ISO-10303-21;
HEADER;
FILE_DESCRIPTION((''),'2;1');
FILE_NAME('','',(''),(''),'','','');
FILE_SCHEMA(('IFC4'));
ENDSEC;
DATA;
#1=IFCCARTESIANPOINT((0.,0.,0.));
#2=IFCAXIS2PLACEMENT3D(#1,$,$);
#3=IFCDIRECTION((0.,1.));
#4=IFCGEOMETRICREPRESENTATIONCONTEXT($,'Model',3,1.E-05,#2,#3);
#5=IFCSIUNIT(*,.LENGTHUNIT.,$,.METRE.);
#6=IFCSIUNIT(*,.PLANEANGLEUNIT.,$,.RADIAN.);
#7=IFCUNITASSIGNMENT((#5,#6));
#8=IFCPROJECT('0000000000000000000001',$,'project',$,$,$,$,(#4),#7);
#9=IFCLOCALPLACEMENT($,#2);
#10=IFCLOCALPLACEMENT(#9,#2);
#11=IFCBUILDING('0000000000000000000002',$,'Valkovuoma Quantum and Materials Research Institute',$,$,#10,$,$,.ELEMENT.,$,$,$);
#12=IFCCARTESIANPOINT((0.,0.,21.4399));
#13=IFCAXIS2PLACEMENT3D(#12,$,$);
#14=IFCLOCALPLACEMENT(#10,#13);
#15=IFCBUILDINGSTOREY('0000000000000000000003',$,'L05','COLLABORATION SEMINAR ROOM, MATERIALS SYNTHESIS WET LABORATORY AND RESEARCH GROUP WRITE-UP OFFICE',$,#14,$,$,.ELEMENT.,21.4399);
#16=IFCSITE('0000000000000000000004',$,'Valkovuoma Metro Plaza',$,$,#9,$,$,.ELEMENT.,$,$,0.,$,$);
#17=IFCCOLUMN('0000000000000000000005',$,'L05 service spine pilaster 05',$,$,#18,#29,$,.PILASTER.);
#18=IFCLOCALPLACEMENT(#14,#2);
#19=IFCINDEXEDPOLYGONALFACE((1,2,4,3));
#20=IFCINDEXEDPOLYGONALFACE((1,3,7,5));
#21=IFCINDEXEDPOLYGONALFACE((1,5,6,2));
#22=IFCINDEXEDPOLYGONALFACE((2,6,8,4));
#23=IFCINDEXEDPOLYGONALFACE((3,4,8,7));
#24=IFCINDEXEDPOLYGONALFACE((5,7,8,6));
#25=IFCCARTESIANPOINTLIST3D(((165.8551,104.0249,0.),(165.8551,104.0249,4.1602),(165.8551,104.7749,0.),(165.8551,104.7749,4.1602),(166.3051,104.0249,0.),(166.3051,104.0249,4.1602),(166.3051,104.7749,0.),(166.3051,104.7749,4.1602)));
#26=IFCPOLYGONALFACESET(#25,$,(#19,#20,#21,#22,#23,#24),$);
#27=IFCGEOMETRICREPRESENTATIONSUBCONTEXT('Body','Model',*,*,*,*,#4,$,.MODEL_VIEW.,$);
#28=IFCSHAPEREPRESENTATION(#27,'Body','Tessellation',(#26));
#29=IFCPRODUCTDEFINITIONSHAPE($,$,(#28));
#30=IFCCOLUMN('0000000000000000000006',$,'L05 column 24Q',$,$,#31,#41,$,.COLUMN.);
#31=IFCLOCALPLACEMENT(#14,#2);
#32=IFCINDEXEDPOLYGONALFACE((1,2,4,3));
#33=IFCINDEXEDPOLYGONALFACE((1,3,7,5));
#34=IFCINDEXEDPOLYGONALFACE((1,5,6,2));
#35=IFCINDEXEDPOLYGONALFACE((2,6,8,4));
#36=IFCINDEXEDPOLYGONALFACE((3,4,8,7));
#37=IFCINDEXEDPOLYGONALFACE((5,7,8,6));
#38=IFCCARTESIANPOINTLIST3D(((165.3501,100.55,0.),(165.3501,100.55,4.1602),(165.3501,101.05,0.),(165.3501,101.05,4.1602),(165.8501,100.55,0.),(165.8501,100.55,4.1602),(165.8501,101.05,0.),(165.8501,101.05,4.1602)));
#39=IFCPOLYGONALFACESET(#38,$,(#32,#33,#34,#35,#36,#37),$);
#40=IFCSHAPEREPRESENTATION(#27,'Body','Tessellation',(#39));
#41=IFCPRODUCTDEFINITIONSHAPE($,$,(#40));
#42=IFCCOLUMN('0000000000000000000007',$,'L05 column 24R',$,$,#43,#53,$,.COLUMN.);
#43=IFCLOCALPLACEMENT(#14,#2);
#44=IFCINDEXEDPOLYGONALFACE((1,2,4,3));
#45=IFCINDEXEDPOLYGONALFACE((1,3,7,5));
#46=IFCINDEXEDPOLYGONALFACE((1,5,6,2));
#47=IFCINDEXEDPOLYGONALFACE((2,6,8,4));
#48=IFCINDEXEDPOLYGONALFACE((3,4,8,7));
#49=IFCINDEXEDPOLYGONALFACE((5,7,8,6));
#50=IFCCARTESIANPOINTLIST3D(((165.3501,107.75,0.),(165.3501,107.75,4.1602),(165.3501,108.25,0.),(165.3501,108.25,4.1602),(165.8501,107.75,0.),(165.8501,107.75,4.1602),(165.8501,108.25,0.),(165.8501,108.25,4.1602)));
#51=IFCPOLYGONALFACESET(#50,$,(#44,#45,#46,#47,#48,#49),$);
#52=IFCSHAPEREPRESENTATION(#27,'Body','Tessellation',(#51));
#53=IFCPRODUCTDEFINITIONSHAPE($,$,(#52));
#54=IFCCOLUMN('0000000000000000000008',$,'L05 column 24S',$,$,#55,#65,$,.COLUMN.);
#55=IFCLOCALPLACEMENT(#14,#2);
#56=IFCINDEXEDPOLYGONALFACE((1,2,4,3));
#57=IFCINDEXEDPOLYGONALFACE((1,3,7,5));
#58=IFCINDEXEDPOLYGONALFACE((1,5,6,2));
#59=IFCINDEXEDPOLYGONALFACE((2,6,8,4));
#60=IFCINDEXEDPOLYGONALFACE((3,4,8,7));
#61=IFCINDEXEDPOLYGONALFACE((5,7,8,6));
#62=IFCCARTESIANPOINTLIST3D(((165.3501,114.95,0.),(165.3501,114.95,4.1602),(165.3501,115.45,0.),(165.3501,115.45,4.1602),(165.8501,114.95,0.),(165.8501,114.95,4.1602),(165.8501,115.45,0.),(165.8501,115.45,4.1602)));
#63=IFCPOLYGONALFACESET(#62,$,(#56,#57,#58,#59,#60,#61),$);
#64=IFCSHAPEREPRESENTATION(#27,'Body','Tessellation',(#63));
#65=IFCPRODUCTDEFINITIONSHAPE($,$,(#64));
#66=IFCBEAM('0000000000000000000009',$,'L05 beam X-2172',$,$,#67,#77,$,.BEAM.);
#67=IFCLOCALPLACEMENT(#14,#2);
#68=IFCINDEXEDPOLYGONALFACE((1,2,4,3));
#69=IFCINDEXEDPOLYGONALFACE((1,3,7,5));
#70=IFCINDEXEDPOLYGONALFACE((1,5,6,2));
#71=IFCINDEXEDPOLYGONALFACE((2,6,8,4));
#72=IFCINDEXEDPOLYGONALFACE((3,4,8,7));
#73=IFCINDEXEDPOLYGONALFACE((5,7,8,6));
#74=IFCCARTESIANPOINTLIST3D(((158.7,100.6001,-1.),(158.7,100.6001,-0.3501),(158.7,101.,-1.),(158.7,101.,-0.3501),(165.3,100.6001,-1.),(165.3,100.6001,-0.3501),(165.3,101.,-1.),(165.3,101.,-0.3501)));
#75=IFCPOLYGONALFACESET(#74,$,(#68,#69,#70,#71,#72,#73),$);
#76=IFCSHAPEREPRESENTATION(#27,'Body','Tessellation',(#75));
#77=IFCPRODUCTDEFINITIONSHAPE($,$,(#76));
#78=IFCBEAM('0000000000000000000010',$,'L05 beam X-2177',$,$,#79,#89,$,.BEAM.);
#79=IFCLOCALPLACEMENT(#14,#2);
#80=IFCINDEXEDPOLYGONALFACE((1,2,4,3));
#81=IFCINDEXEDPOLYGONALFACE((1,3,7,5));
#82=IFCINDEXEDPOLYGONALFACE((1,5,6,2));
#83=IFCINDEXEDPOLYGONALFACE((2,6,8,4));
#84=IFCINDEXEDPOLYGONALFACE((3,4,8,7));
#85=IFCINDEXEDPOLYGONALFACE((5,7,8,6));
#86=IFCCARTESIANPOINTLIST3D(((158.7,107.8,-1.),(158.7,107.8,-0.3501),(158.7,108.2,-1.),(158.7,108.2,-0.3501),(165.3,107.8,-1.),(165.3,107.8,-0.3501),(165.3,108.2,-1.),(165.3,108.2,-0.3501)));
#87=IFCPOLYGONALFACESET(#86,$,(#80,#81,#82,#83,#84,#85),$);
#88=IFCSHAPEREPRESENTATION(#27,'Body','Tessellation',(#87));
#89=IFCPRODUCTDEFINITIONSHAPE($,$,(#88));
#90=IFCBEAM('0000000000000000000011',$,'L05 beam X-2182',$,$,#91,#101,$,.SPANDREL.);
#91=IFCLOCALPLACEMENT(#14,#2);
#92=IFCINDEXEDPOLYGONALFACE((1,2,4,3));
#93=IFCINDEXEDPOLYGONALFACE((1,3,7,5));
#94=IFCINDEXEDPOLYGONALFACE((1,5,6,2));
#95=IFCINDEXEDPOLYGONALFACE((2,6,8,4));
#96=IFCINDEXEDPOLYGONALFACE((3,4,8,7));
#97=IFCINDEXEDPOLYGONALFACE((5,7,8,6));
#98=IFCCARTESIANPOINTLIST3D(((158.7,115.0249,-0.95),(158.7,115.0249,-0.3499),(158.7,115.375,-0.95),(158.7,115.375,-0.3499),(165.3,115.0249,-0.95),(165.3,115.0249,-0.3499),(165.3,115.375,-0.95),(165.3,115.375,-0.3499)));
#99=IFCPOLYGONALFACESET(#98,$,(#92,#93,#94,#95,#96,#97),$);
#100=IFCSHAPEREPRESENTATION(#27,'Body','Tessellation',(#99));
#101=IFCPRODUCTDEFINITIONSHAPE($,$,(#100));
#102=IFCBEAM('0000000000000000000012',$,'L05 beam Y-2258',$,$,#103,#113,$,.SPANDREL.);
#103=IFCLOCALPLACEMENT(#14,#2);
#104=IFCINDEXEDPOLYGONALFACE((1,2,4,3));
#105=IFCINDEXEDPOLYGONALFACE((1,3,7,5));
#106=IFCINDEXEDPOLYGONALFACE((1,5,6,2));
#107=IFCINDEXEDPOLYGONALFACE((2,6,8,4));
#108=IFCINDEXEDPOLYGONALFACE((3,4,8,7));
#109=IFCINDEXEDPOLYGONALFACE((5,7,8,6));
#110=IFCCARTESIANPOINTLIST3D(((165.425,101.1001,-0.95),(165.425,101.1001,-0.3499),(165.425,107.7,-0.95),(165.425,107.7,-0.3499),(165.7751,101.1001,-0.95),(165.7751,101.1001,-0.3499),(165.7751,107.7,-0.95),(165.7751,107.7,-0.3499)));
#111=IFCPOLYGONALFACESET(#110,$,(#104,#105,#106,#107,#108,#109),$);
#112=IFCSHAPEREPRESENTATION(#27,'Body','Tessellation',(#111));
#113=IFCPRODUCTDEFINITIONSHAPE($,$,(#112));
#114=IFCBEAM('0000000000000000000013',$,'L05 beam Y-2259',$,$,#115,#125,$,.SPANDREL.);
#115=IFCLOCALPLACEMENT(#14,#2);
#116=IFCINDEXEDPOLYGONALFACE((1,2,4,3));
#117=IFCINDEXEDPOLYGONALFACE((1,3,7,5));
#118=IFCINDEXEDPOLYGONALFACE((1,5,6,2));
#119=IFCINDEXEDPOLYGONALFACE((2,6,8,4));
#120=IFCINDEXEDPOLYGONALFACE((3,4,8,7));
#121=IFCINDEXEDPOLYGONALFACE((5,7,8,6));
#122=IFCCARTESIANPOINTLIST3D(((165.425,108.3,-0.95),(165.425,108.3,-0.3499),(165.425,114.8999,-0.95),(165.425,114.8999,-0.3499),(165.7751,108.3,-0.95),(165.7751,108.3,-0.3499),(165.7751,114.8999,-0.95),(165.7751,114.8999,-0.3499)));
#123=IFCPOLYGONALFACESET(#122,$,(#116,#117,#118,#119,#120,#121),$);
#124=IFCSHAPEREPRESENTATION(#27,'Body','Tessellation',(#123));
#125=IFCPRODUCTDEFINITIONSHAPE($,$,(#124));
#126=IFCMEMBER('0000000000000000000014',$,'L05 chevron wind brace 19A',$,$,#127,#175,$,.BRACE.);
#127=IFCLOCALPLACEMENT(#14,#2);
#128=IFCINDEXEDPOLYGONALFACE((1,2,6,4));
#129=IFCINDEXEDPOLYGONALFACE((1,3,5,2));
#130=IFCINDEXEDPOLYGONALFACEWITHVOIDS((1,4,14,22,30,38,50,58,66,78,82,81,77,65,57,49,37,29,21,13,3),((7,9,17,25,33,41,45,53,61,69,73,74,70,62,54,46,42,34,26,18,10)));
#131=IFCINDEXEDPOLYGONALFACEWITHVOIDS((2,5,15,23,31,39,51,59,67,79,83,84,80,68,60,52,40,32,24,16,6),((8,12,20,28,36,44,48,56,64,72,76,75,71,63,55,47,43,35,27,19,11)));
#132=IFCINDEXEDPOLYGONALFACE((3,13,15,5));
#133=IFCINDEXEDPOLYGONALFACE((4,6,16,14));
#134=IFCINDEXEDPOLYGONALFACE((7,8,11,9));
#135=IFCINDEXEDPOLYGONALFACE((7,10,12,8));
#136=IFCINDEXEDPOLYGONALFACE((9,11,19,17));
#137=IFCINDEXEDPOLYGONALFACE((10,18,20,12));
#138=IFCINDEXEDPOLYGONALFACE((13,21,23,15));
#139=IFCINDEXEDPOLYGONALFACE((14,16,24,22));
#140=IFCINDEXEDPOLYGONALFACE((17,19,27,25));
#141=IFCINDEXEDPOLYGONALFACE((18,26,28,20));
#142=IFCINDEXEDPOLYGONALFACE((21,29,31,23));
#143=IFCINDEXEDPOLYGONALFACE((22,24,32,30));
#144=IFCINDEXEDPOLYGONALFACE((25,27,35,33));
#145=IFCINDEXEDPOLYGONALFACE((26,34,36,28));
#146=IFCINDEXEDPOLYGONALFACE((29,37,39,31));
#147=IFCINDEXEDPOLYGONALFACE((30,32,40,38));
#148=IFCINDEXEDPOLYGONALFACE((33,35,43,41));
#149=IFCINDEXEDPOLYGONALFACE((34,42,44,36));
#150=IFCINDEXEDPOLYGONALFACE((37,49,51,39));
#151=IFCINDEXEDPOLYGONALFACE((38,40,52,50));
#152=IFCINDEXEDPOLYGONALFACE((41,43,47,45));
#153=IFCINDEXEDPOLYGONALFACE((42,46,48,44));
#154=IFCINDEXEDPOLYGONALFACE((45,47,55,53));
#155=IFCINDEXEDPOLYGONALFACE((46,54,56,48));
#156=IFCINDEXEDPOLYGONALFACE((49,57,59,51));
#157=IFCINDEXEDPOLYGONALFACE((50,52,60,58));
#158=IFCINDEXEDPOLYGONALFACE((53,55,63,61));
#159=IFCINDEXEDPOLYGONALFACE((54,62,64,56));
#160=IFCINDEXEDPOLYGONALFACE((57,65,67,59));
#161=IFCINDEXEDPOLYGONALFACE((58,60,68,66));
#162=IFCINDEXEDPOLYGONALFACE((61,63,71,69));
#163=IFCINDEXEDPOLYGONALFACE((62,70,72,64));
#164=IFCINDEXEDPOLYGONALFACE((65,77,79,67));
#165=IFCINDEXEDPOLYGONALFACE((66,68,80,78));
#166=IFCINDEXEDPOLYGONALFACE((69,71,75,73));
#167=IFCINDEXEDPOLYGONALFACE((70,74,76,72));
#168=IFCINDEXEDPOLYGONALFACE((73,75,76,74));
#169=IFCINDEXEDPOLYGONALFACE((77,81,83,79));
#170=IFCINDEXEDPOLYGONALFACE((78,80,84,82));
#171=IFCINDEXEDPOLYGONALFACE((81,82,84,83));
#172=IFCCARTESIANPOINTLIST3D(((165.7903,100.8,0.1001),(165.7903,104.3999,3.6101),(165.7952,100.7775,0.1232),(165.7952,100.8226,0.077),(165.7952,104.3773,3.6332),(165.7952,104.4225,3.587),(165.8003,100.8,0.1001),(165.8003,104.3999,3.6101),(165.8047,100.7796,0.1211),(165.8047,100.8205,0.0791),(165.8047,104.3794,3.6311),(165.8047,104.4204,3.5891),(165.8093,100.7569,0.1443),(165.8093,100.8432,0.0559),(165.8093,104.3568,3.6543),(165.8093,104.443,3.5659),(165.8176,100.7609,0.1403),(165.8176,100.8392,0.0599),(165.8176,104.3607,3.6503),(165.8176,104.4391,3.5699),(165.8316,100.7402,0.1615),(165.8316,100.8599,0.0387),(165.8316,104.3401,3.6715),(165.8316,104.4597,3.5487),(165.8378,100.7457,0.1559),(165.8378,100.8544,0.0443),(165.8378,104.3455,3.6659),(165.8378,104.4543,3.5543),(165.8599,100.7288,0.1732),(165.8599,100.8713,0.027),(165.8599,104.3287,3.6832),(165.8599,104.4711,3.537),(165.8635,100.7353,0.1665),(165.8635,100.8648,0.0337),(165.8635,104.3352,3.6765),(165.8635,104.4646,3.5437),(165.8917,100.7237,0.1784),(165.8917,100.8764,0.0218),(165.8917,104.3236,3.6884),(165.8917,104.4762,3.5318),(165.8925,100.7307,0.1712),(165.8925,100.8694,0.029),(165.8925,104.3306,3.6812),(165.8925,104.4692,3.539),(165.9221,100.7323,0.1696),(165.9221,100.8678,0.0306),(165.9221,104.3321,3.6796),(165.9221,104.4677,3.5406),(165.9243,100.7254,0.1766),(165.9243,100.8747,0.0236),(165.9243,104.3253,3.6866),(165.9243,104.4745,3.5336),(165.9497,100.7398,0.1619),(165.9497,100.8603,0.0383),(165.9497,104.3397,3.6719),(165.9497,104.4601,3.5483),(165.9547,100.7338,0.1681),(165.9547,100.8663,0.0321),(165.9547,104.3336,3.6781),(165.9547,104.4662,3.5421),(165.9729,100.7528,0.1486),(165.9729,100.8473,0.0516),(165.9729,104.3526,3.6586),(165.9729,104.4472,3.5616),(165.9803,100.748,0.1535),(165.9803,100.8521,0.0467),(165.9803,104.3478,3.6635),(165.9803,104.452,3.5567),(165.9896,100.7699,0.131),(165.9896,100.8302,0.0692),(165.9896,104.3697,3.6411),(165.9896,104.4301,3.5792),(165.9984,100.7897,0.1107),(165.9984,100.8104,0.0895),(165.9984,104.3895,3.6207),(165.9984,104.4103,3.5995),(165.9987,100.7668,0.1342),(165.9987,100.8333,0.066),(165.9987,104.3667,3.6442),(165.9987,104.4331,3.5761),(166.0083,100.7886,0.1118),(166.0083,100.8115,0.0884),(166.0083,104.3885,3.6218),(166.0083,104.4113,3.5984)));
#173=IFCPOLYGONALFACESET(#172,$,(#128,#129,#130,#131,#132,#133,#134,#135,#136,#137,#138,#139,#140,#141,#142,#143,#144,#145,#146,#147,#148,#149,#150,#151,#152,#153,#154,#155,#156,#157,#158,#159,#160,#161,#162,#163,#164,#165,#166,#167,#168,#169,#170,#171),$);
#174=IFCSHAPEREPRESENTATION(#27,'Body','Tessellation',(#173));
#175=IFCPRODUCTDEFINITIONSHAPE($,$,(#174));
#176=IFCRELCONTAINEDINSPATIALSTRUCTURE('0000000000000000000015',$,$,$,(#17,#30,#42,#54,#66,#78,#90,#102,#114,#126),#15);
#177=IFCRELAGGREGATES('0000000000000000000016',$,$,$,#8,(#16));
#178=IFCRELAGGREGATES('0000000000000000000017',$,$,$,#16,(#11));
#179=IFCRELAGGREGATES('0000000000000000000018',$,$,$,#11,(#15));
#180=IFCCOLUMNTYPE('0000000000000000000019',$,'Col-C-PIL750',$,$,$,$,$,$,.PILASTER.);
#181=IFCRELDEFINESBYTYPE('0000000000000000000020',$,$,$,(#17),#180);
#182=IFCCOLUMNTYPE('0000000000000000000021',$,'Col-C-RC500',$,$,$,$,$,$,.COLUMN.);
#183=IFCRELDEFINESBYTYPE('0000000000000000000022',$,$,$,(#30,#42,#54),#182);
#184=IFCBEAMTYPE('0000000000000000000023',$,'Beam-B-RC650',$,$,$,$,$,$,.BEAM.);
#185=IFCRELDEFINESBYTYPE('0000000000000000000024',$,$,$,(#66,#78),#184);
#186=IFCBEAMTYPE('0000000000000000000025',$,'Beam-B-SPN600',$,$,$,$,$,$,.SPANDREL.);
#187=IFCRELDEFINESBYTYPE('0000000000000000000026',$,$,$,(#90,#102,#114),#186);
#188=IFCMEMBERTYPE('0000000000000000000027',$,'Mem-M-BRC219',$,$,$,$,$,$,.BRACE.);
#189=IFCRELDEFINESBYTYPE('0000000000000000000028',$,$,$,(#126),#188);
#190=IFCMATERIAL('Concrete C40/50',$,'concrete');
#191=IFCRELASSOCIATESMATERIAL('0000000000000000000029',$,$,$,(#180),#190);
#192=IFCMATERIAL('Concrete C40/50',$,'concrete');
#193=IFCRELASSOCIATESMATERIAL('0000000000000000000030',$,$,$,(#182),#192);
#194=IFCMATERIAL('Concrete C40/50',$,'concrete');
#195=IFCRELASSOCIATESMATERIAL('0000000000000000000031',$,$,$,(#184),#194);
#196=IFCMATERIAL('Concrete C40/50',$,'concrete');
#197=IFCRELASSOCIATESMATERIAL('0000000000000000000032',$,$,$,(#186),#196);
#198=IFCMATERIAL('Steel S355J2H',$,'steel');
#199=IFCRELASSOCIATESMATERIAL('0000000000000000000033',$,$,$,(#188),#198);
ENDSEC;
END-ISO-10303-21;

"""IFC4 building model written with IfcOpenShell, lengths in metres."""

from ifc_helpers import new_model, si_unit, direction, frame, origin, origin_2d, place, context, subcontext, project, spatial, rectangle, hollow_circle, extrude, material, material_profile, profile_set, type_object, element, save


model = new_model("IFC4")

# Units and contexts
model_context = context("Model", 3, precision=1e-05, world=origin(), true_north=direction((0.0, 1.0)))
body_context = subcontext(model_context, "Body", "Model", "MODEL_VIEW")
ifc_project = project(units=[si_unit("LENGTHUNIT", "METRE"), si_unit("PLANEANGLEUNIT", "RADIAN")], contexts=[model_context])

# Site, building, storey
site_placement = place(None, origin())
site = spatial("IfcSite", under=ifc_project, at=site_placement, Name="Valkovuoma Metro Plaza", CompositionType="ELEMENT", RefElevation=0.0)
building_placement = place(site_placement, origin())
building = spatial("IfcBuilding", under=site, at=building_placement, Name="Valkovuoma Quantum and Materials Research Institute", CompositionType="ELEMENT")
storey_placement = place(building_placement, frame((0.0, 0.0, 21.4399)))
storey = spatial("IfcBuildingStorey", under=building, at=storey_placement, Name="L05", Description="COLLABORATION SEMINAR ROOM, MATERIALS SYNTHESIS WET LABORATORY AND RESEARCH GROUP WRITE-UP OFFICE", CompositionType="ELEMENT", Elevation=21.4399)

# Columns
ifc_material_1 = material(Name="Concrete C40/50", Category="concrete")
ifc_material_profile_1 = material_profile(ifc_material_1, rectangle(XDim=0.45, YDim=0.75, at=origin_2d()), Name="Concrete C40/50")
ifc_profile_set_1 = profile_set([ifc_material_profile_1], Name="Concrete C40/50")
column_type_1 = type_object("IfcColumnType", Name="Col-C-PIL750", PredefinedType="PILASTER", material=ifc_profile_set_1)
column_placement = place(storey_placement, frame((166.0801, 104.3999, 0.0), z_axis=(0.0, 0.0, 1.0), x_axis=(1.0, 0.0, 0.0)))
element("IfcColumn", 1, at=column_placement, inside=storey, type_object=column_type_1, Name="L05 service spine pilaster 05", PredefinedType="PILASTER", context=body_context, shape_type="SweptSolid", body=[
    extrude(rectangle(XDim=0.45, YDim=0.75, at=origin_2d()), origin(), (0.0, 0.0, 1.0), 4.1602),
])
ifc_material_2 = material(Name="Concrete C40/50", Category="concrete")
ifc_material_profile_2 = material_profile(ifc_material_2, rectangle(XDim=0.5, YDim=0.5, at=origin_2d()), Name="Concrete C40/50")
ifc_profile_set_2 = profile_set([ifc_material_profile_2], Name="Concrete C40/50")
column_type_2 = type_object("IfcColumnType", Name="Col-C-RC500", PredefinedType="COLUMN", material=ifc_profile_set_2)
for number, where, z_axis, x_axis, name in (
    (2, (165.6001, 100.8, 0.0), (0.0, 0.0, 1.0), (1.0, 0.0, 0.0), "L05 column 24Q"),
    (3, (165.6001, 108.0, 0.0), (0.0, 0.0, 1.0), (1.0, 0.0, 0.0), "L05 column 24R"),
    (4, (165.6001, 115.2, 0.0), (0.0, 0.0, 1.0), (1.0, 0.0, 0.0), "L05 column 24S"),
):
    element("IfcColumn", number, at=place(storey_placement, frame(where, z_axis=z_axis, x_axis=x_axis)), inside=storey, type_object=column_type_2, Name=name, PredefinedType="COLUMN", context=body_context, shape_type="SweptSolid", body=[
        extrude(rectangle(XDim=0.5, YDim=0.5, at=origin_2d()), origin(), (0.0, 0.0, 1.0), 4.1602),
    ])

# Beams
ifc_material_3 = material(Name="Concrete C40/50", Category="concrete")
ifc_material_profile_3 = material_profile(ifc_material_3, rectangle(XDim=0.3999, YDim=0.6499, at=origin_2d()), Name="Concrete C40/50")
ifc_profile_set_3 = profile_set([ifc_material_profile_3], Name="Concrete C40/50")
beam_type_1 = type_object("IfcBeamType", Name="Beam-B-RC650", PredefinedType="BEAM", material=ifc_profile_set_3)
for number, where, z_axis, x_axis, name in (
    (5, (158.7, 100.8, -0.675), (1.0, 0.0, 0.0), (0.0, 1.0, 0.0), "L05 beam X-2172"),
    (6, (158.7, 108.0, -0.675), (1.0, 0.0, 0.0), (0.0, 1.0, 0.0), "L05 beam X-2177"),
):
    element("IfcBeam", number, at=place(storey_placement, frame(where, z_axis=z_axis, x_axis=x_axis)), inside=storey, type_object=beam_type_1, Name=name, PredefinedType="BEAM", context=body_context, shape_type="SweptSolid", body=[
        extrude(rectangle(XDim=0.3999, YDim=0.6499, at=origin_2d()), origin(), (0.0, 0.0, 1.0), 6.6001),
    ])
ifc_material_4 = material(Name="Concrete C40/50", Category="concrete")
ifc_material_profile_4 = material_profile(ifc_material_4, rectangle(XDim=0.3501, YDim=0.6001, at=origin_2d()), Name="Concrete C40/50")
ifc_profile_set_4 = profile_set([ifc_material_profile_4], Name="Concrete C40/50")
beam_type_2 = type_object("IfcBeamType", Name="Beam-B-SPN600", PredefinedType="SPANDREL", material=ifc_profile_set_4)
beam_placement = place(storey_placement, frame((158.7, 115.2, -0.6499), z_axis=(1.0, 0.0, 0.0), x_axis=(0.0, 1.0, 0.0)))
element("IfcBeam", 7, at=beam_placement, inside=storey, type_object=beam_type_2, Name="L05 beam X-2182", PredefinedType="SPANDREL", context=body_context, shape_type="SweptSolid", body=[
    extrude(rectangle(XDim=0.3501, YDim=0.6001, at=origin_2d()), origin(), (0.0, 0.0, 1.0), 6.6001),
])
for number, where, z_axis, x_axis, name in (
    (8, (165.6001, 101.1001, -0.6499), (0.0, 1.0, 0.0), (-1.0, 0.0, 0.0), "L05 beam Y-2258"),
    (9, (165.6001, 108.3, -0.6499), (0.0, 1.0, 0.0), (-1.0, 0.0, 0.0), "L05 beam Y-2259"),
):
    element("IfcBeam", number, at=place(storey_placement, frame(where, z_axis=z_axis, x_axis=x_axis)), inside=storey, type_object=beam_type_2, Name=name, PredefinedType="SPANDREL", context=body_context, shape_type="SweptSolid", body=[
        extrude(rectangle(XDim=0.3501, YDim=0.6001, at=origin_2d()), origin(), (0.0, 0.0, 1.0), 6.5999),
    ])

# Member
ifc_material_5 = material(Name="Steel S355J2H", Category="steel")
ifc_material_profile_5 = material_profile(ifc_material_5, hollow_circle(Radius=0.1096, WallThickness=0.01, at=origin_2d()), Name="Steel S355J2H")
ifc_profile_set_5 = profile_set([ifc_material_profile_5], Name="Steel S355J2H")
member_type = type_object("IfcMemberType", Name="Mem-M-BRC219", PredefinedType="BRACE", material=ifc_profile_set_5)
member_1_placement = place(storey_placement, frame((165.8999, 100.8, 0.1001), z_axis=(0.0, 0.715985, 0.698116), x_axis=(-1.0, 0.0, 0.0)))
element("IfcMember", 10, at=member_1_placement, inside=storey, type_object=member_type, Name="L05 chevron wind brace 19A", PredefinedType="BRACE", context=body_context, shape_type="SweptSolid", body=[
    extrude(hollow_circle(Radius=0.1096, WallThickness=0.01, at=origin_2d()), origin(), (0.0, 0.0, 1.0), 5.0278),
])

save(model, "model.ifc")
